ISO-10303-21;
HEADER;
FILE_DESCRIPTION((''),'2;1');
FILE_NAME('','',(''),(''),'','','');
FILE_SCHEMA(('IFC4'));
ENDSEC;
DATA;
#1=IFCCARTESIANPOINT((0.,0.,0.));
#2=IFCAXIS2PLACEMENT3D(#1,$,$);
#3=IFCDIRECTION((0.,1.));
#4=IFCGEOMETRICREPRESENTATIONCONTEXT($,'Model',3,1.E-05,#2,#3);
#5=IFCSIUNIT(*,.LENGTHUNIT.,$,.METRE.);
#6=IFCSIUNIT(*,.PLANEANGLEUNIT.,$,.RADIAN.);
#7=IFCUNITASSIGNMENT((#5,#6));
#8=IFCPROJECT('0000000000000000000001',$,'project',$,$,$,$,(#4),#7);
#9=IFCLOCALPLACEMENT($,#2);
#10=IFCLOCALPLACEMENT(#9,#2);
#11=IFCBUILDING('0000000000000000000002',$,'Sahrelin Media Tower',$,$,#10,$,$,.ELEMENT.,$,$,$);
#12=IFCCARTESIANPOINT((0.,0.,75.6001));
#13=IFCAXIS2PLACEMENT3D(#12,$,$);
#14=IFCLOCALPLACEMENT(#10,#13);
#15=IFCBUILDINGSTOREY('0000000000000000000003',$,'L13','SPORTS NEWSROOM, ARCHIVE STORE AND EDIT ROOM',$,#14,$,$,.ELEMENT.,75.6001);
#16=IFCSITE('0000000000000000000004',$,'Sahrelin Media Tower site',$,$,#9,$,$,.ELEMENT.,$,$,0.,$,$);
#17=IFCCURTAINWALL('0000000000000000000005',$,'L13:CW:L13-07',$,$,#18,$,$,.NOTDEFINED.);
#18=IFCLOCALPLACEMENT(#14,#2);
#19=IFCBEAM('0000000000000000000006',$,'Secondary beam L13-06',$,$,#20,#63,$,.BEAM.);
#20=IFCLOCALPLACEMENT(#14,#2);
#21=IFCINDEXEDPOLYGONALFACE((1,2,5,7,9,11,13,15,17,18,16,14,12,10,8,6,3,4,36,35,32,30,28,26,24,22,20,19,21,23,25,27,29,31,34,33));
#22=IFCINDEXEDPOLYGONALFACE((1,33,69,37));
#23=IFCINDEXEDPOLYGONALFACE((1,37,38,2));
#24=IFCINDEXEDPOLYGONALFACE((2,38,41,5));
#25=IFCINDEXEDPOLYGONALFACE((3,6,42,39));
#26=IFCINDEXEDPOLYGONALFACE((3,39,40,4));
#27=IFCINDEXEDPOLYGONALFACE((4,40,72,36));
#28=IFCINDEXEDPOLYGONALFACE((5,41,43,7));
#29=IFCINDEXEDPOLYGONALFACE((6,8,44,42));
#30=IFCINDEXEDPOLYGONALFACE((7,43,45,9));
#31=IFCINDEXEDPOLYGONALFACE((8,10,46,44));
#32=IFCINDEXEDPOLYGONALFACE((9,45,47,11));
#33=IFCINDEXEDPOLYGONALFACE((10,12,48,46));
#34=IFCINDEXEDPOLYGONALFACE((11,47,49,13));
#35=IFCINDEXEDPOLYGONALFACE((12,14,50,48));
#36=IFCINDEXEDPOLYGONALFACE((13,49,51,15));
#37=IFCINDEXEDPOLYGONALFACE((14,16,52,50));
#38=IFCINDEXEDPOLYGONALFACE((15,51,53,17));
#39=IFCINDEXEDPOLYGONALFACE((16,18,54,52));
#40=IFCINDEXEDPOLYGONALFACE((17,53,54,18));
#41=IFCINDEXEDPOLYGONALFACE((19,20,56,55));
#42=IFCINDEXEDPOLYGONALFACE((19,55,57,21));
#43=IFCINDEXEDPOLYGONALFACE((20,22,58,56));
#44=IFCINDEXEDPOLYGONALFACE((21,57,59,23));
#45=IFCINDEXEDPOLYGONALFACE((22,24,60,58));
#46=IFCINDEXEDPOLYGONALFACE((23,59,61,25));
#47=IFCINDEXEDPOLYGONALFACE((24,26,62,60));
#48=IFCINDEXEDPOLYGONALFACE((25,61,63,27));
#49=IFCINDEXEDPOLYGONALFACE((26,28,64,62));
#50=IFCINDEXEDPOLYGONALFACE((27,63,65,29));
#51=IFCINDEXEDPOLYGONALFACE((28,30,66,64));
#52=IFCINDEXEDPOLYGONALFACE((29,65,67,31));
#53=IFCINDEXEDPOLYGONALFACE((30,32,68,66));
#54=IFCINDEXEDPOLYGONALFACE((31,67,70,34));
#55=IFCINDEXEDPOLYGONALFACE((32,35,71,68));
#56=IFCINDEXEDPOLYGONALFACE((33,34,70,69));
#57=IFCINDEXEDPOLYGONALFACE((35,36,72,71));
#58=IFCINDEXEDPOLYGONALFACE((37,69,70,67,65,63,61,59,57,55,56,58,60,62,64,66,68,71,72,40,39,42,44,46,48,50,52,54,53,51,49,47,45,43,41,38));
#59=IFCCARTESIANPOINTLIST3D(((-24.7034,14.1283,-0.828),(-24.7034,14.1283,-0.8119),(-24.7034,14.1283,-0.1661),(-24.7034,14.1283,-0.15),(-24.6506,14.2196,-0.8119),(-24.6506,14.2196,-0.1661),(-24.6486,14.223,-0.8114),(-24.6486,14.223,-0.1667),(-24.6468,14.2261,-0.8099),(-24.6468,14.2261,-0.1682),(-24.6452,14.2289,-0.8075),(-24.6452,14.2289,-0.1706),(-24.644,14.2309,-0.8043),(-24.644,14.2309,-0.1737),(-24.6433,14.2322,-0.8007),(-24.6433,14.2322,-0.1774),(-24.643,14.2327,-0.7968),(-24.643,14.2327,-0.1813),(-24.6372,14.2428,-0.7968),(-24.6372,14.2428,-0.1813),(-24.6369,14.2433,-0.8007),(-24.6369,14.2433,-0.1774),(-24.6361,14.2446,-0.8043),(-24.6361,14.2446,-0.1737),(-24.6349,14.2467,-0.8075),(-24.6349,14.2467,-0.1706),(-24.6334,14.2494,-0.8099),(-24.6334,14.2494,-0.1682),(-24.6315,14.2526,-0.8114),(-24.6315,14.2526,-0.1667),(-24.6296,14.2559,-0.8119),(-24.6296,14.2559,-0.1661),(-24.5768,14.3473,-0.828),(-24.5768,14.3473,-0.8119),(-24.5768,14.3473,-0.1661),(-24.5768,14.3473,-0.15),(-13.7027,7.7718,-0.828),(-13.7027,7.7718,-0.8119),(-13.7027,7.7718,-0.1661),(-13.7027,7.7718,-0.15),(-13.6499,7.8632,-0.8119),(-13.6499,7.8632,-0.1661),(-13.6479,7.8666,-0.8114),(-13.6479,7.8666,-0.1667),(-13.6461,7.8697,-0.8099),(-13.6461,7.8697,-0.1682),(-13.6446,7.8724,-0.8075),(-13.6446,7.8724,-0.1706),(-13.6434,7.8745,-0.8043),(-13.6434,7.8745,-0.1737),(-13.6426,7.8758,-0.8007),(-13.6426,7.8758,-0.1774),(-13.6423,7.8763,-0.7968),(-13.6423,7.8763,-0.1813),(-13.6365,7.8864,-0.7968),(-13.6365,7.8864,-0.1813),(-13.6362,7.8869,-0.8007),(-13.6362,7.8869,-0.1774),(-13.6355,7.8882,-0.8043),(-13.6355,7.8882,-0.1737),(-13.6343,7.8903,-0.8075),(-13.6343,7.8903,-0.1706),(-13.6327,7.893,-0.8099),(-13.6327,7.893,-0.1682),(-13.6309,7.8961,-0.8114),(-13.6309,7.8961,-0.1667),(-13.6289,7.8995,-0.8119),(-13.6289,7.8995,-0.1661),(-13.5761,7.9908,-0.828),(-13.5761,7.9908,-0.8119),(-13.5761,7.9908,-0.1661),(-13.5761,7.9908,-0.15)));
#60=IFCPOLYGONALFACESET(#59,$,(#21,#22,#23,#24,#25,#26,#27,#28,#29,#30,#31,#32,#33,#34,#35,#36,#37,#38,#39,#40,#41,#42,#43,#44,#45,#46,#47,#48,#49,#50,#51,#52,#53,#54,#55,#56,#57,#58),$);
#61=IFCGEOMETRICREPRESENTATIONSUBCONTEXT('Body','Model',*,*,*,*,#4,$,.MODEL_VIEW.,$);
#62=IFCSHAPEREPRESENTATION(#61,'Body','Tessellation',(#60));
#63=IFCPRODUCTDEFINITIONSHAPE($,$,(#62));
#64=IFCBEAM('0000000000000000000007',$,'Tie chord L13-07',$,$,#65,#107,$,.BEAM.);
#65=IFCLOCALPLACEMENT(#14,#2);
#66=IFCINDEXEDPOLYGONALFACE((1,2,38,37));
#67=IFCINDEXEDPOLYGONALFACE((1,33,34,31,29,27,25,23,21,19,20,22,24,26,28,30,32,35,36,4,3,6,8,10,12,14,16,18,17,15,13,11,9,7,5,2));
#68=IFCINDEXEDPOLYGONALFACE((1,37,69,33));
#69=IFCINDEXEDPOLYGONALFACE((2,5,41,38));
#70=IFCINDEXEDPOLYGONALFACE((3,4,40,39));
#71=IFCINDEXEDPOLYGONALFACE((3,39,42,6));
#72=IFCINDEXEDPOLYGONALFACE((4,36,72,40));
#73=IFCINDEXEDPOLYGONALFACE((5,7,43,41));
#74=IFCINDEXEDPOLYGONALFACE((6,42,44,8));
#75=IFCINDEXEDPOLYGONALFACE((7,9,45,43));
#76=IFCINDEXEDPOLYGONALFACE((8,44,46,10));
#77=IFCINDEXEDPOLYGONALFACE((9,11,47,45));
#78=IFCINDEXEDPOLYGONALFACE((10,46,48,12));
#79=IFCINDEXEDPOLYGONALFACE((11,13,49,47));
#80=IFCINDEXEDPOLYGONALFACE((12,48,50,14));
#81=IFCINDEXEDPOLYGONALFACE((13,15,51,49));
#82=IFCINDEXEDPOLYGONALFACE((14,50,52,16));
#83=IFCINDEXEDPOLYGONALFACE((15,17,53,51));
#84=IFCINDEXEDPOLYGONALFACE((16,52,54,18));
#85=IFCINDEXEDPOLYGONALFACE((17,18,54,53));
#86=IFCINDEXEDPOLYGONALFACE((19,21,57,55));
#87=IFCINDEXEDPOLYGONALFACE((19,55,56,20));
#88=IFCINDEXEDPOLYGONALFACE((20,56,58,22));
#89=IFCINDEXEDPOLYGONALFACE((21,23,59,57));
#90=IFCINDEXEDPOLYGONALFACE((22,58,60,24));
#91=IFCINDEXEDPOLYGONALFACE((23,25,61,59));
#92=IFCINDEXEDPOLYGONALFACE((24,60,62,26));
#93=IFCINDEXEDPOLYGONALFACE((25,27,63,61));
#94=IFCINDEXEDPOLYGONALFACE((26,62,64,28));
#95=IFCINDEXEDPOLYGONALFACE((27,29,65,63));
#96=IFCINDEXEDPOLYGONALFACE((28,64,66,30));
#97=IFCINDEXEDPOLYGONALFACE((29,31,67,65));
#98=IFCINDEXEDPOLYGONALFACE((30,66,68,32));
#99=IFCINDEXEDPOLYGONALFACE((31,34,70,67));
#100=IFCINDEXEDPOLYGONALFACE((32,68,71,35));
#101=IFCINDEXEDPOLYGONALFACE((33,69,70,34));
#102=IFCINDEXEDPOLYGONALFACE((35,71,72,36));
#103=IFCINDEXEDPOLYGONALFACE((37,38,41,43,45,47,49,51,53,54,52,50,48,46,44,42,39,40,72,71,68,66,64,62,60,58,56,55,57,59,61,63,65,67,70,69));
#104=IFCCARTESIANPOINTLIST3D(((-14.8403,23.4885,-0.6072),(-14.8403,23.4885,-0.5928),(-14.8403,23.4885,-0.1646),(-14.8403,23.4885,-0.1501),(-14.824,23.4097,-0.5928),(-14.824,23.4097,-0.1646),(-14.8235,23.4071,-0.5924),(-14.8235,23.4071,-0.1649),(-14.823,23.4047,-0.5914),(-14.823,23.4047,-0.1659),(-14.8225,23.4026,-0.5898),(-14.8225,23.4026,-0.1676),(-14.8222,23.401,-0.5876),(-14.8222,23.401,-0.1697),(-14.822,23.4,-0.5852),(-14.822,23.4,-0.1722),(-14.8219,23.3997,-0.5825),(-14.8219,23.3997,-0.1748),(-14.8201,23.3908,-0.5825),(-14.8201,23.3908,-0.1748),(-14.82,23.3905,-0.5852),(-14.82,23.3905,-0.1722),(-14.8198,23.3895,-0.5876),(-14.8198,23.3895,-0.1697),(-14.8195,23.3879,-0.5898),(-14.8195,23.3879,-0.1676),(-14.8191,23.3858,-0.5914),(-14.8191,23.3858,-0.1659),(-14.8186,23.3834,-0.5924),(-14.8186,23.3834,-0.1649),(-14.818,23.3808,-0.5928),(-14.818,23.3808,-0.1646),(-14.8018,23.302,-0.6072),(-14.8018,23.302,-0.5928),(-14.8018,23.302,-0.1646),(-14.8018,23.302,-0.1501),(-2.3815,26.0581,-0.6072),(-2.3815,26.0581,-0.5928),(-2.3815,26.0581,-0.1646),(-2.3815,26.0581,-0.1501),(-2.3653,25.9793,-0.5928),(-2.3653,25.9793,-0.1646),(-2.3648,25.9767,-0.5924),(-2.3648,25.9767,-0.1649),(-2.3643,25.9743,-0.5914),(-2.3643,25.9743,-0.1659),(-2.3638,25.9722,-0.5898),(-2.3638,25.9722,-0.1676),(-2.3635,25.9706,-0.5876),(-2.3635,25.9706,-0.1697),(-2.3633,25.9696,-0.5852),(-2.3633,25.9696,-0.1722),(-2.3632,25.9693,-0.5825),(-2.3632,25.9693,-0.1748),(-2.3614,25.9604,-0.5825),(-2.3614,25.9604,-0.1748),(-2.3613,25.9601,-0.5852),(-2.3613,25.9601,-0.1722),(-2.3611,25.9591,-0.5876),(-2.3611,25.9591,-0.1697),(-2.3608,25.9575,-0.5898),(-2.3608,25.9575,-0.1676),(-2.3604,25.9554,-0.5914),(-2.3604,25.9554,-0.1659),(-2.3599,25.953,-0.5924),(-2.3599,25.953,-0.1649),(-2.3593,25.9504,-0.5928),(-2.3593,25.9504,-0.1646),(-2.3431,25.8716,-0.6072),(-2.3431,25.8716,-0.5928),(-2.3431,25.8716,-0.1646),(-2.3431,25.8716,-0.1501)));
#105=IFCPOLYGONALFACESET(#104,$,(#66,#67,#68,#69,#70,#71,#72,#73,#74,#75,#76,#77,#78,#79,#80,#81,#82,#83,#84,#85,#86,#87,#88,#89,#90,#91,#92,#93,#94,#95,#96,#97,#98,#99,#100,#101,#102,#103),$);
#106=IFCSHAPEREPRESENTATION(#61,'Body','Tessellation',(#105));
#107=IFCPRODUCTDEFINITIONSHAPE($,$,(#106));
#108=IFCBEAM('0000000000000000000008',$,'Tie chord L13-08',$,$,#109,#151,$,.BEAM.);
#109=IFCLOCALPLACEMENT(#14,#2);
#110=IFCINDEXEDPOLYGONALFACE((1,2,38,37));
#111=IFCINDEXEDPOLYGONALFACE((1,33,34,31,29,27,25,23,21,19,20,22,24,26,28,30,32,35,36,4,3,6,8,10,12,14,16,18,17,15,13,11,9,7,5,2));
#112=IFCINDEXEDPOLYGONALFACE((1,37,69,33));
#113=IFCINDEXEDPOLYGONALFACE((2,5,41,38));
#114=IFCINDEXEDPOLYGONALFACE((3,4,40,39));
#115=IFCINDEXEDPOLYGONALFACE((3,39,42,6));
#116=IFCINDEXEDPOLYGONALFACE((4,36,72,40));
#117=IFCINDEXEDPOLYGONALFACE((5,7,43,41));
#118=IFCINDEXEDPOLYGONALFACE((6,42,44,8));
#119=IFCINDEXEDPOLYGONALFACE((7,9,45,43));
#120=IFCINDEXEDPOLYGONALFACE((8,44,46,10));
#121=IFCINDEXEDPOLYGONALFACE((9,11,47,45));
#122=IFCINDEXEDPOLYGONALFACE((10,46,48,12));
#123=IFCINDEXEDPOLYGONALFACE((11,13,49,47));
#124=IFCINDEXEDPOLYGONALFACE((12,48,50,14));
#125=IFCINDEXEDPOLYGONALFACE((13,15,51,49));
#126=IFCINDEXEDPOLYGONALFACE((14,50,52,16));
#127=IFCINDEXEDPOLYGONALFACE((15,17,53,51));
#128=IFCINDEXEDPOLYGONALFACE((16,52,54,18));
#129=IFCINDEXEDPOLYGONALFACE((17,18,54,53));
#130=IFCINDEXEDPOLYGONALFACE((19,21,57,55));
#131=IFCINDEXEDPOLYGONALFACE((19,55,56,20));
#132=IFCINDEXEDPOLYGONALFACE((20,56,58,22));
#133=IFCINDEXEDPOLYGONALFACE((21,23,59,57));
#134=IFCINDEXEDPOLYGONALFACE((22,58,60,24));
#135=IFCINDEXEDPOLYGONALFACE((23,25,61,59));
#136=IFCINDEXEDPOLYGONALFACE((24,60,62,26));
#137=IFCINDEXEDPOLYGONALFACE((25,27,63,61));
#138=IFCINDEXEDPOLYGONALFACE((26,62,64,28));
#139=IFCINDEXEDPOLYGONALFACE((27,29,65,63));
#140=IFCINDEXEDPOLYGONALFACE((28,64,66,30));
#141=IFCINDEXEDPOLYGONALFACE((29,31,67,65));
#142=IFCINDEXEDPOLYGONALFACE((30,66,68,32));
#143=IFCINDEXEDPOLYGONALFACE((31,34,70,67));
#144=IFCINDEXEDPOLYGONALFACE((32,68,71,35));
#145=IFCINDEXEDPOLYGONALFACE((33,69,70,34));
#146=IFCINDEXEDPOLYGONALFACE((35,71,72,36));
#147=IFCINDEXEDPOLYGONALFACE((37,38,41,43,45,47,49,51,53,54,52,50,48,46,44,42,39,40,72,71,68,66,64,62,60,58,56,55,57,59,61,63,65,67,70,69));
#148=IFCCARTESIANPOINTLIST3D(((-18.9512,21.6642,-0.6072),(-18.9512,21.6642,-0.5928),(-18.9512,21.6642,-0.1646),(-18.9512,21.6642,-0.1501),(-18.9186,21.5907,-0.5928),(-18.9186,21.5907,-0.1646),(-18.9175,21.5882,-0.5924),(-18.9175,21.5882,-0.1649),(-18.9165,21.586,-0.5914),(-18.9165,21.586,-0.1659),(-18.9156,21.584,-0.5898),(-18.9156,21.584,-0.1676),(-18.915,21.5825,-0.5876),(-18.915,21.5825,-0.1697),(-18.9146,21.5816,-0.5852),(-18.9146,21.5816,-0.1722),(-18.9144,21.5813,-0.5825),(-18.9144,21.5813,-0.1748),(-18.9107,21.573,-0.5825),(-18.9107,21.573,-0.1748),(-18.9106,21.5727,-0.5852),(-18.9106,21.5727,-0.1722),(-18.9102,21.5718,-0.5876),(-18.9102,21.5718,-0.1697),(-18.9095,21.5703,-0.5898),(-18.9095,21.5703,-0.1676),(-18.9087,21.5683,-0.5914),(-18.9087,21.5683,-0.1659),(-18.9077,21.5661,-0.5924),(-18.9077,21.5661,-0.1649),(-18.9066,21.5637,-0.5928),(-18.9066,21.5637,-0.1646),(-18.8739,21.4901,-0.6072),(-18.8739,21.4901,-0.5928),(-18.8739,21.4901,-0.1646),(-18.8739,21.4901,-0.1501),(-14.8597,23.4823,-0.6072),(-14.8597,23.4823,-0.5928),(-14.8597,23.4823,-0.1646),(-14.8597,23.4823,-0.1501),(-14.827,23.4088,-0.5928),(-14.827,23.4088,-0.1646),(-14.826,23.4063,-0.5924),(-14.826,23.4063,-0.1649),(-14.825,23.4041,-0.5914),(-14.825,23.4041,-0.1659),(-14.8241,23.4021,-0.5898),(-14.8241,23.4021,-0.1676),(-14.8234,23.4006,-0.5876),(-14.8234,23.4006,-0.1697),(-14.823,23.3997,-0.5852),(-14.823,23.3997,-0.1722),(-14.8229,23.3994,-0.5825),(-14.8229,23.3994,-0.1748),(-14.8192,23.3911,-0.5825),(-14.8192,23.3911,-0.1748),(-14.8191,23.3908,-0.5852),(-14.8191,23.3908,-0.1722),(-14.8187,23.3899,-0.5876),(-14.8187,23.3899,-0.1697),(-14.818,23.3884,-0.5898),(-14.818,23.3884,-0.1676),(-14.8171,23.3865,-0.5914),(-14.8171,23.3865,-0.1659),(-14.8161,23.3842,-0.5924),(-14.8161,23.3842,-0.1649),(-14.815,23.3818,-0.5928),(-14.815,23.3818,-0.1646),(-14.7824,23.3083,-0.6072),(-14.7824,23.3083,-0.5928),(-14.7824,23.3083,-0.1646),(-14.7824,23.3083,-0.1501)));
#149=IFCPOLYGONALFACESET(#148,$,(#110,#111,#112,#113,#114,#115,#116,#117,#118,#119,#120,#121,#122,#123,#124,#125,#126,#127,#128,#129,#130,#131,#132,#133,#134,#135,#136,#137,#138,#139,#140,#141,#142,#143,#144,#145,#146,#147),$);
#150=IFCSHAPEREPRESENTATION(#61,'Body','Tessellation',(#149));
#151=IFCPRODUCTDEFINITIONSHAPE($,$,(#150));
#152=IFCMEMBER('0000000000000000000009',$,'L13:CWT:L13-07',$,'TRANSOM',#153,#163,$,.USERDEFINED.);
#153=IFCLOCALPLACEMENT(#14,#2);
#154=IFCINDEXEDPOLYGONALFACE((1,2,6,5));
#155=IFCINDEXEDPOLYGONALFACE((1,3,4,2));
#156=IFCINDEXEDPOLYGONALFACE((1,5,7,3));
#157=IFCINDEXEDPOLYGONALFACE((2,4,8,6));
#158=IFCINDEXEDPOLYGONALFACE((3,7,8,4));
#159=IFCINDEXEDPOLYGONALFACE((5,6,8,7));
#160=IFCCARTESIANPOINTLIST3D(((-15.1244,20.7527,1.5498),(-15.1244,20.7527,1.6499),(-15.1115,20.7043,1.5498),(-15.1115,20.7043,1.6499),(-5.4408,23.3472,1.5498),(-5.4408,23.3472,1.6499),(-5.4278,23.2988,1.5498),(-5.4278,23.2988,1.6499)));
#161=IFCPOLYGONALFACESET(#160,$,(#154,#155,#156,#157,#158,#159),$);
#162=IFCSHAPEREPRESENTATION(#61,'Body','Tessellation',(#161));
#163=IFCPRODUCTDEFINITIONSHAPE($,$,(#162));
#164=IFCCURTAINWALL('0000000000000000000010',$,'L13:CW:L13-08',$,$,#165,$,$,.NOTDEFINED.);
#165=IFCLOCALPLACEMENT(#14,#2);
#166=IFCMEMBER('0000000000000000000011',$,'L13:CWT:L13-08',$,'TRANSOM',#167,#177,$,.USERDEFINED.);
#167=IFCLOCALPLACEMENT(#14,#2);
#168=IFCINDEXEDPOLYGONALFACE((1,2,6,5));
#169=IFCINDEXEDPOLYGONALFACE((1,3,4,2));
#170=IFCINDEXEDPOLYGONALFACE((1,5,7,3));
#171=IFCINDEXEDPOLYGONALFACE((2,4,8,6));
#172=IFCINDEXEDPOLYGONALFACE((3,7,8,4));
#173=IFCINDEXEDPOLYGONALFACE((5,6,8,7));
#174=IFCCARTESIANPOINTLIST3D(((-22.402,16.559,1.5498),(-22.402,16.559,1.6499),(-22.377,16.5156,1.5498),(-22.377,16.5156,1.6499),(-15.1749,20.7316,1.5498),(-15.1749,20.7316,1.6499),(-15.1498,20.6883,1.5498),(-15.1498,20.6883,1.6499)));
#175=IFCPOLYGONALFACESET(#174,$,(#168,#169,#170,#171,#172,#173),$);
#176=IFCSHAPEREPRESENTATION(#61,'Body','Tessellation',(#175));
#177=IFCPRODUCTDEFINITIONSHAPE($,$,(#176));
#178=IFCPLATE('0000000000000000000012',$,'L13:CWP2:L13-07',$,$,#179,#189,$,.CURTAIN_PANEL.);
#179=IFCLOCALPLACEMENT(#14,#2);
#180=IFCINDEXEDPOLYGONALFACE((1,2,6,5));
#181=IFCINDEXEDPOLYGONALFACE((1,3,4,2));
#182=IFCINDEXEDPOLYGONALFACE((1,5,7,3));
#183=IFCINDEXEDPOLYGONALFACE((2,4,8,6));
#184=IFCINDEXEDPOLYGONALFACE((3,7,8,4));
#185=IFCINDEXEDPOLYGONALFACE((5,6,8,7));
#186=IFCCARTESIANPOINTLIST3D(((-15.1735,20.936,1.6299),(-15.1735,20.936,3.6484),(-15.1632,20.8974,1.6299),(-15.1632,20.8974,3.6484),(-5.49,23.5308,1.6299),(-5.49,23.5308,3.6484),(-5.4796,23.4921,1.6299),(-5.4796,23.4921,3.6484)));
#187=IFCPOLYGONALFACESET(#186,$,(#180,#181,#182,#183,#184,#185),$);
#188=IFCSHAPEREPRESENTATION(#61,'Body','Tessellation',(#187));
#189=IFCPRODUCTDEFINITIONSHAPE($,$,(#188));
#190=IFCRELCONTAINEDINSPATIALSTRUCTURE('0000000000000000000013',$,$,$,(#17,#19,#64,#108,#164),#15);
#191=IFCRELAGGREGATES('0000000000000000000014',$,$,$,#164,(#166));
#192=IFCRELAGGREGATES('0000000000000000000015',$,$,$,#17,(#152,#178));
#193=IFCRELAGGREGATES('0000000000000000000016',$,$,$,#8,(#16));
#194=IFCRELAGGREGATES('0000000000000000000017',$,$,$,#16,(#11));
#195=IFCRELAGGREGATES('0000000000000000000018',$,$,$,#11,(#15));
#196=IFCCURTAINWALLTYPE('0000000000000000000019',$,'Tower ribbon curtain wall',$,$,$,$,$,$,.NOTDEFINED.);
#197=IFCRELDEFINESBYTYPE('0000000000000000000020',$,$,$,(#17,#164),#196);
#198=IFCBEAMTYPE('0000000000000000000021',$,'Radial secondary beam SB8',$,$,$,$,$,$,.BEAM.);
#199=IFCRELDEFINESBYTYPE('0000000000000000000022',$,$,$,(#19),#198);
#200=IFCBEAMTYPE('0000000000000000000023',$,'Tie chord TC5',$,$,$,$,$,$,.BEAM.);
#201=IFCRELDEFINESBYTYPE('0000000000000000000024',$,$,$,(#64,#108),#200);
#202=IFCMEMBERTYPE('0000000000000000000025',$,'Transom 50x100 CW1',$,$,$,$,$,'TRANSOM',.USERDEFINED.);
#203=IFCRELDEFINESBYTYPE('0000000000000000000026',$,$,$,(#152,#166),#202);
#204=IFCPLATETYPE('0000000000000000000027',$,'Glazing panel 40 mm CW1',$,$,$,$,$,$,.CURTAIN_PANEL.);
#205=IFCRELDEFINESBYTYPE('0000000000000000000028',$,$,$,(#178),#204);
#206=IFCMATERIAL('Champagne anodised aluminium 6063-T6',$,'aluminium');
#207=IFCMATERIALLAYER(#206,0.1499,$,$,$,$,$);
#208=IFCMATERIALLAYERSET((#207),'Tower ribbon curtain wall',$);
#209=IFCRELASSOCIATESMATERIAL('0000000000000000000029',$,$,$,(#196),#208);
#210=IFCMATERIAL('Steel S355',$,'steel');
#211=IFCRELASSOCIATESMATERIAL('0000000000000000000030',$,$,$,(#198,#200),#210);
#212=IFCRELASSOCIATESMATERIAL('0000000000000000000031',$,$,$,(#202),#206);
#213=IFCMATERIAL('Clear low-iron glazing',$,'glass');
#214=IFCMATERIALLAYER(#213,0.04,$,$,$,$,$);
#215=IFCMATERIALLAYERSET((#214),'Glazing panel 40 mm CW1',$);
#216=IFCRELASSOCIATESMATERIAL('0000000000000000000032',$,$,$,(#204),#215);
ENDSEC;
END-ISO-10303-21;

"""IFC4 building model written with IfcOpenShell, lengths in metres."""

from ifc_helpers import new_model, si_unit, direction, frame, origin, origin_2d, place, context, subcontext, project, spatial, polyline, rectangle, i_section, outline, extrude, material, layer, layer_set, material_profile, profile_set, type_object, element, aggregate, save


model = new_model("IFC4")

# Units and contexts
model_context = context("Model", 3, precision=1e-05, world=origin(), true_north=direction((0.0, 1.0)))
body_context = subcontext(model_context, "Body", "Model", "MODEL_VIEW")
ifc_project = project(units=[si_unit("LENGTHUNIT", "METRE"), si_unit("PLANEANGLEUNIT", "RADIAN")], contexts=[model_context])

# Site, building, storey
site_placement = place(None, origin())
site = spatial("IfcSite", under=ifc_project, at=site_placement, Name="Sahrelin Media Tower site", CompositionType="ELEMENT", RefElevation=0.0)
building_placement = place(site_placement, origin())
building = spatial("IfcBuilding", under=site, at=building_placement, Name="Sahrelin Media Tower", CompositionType="ELEMENT")
storey_placement = place(building_placement, frame((0.0, 0.0, 75.6001)))
storey = spatial("IfcBuildingStorey", under=building, at=storey_placement, Name="L13", Description="SPORTS NEWSROOM, ARCHIVE STORE AND EDIT ROOM", CompositionType="ELEMENT", Elevation=75.6001)

# Shared definitions
ifc_material_1 = material(Name="Steel S355", Category="steel")

# Curtain wall
ifc_material_2 = material(Name="Champagne anodised aluminium 6063-T6", Category="aluminium")
ifc_layer_1 = layer(ifc_material_2, 0.1499)
ifc_layer_set_1 = layer_set([ifc_layer_1], Name="Tower ribbon curtain wall")
curtain_wall_type = type_object("IfcCurtainWallType", Name="Tower ribbon curtain wall", PredefinedType="NOTDEFINED", material=ifc_layer_set_1)
curtain_wall_1_placement = place(storey_placement, frame((-10.3267, 22.2141, 0.0), z_axis=(0.0, 0.0, 1.0), x_axis=(1.0, 0.0, 0.0)))
curtain_wall_1 = element("IfcCurtainWall", 1, at=curtain_wall_1_placement, inside=storey, type_object=curtain_wall_type, Name="L13:CW:L13-07", PredefinedType="NOTDEFINED")

# Beams
ifc_material_profile_1 = material_profile(ifc_material_1, i_section(OverallWidth=0.2529, OverallDepth=0.678, WebThickness=0.0117, FlangeThickness=0.0161, FilletRadius=0.0151, at=origin_2d()), Name="UB 686x254x125")
ifc_profile_set_1 = profile_set([ifc_material_profile_1], Name="Steel S355")
beam_type_1 = type_object("IfcBeamType", Name="Radial secondary beam SB8", PredefinedType="BEAM", material=ifc_profile_set_1)
beam_1_placement = place(storey_placement, frame((-13.6394, 7.8813, -0.489), z_axis=(-0.865849, 0.500305, 0.0), x_axis=(-0.500305, -0.865849, 0.0)))
element("IfcBeam", 2, at=beam_1_placement, inside=storey, type_object=beam_type_1, Name="Secondary beam L13-06", PredefinedType="BEAM", context=body_context, shape_type="SweptSolid", body=[
    extrude(i_section(OverallWidth=0.2529, OverallDepth=0.678, WebThickness=0.0117, FlangeThickness=0.0161, FilletRadius=0.0151, at=origin_2d()), origin(), (0.0, 0.0, 1.0), 12.7051),
])
ifc_material_profile_2 = material_profile(ifc_material_1, i_section(OverallWidth=0.1904, OverallDepth=0.457, WebThickness=0.009, FlangeThickness=0.0144, FilletRadius=0.0103, at=origin_2d()), Name="UB 457x191x74")
ifc_profile_set_2 = profile_set([ifc_material_profile_2], Name="Steel S355")
beam_type_2 = type_object("IfcBeamType", Name="Tie chord TC5", PredefinedType="BEAM", material=ifc_profile_set_2)
beam_2_placement = place(storey_placement, frame((-2.3623, 25.9648, -0.3787), z_axis=(-0.979386, -0.201996, 0.0), x_axis=(0.201996, -0.979386, 0.0)))
element("IfcBeam", 3, at=beam_2_placement, inside=storey, type_object=beam_type_2, Name="Tie chord L13-07", PredefinedType="BEAM", context=body_context, shape_type="SweptSolid", body=[
    extrude(i_section(OverallWidth=0.1904, OverallDepth=0.457, WebThickness=0.009, FlangeThickness=0.0144, FilletRadius=0.0103, at=origin_2d()), origin(), (0.0, 0.0, 1.0), 12.7209),
])
beam_3_placement = place(storey_placement, frame((-14.821, 23.3953, -0.3787), z_axis=(-0.913841, -0.406073, 0.0), x_axis=(0.406073, -0.913841, 0.0)))
element("IfcBeam", 4, at=beam_3_placement, inside=storey, type_object=beam_type_2, Name="Tie chord L13-08", PredefinedType="BEAM", context=body_context, shape_type="SweptSolid", body=[
    extrude(i_section(OverallWidth=0.1904, OverallDepth=0.457, WebThickness=0.009, FlangeThickness=0.0144, FilletRadius=0.0103, at=origin_2d()), origin(), (0.0, 0.0, 1.0), 4.4773),
])

# Member
ifc_material_profile_3 = material_profile(ifc_material_2, rectangle(XDim=0.05, YDim=0.1001, at=origin_2d()), Name="Transom 50x100")
ifc_profile_set_3 = profile_set([ifc_material_profile_3], Name="Champagne anodised aluminium 6063-T6")
member_type_1 = type_object("IfcMemberType", Name="Transom 50x100 CW1", ElementType="TRANSOM", PredefinedType="USERDEFINED", material=ifc_profile_set_3)
member_1_placement = place(storey_placement, frame((-5.4343, 23.323, 1.5999), z_axis=(-0.965932, -0.258798, 0.0), x_axis=(0.258798, -0.965932, 0.0)))
member_1 = element("IfcMember", 5, at=member_1_placement, type_object=member_type_1, Name="L13:CWT:L13-07", ObjectType="TRANSOM", PredefinedType="USERDEFINED", context=body_context, shape_type="SweptSolid", body=[
    extrude(rectangle(XDim=0.05, YDim=0.1001, at=origin_2d()), origin(), (0.0, 0.0, 1.0), 10.0251),
])

# Curtain wall, member
curtain_wall_2_placement = place(storey_placement, frame((-18.8733, 18.7925, 0.0), z_axis=(0.0, 0.0, 1.0), x_axis=(1.0, 0.0, 0.0)))
curtain_wall_2 = element("IfcCurtainWall", 6, at=curtain_wall_2_placement, inside=storey, type_object=curtain_wall_type, Name="L13:CW:L13-08", PredefinedType="NOTDEFINED")
member_2_placement = place(storey_placement, frame((-15.1624, 20.71, 1.5999), z_axis=(-0.866022, -0.500006, 0.0), x_axis=(0.500006, -0.866022, 0.0)))
member_2 = element("IfcMember", 7, at=member_2_placement, type_object=member_type_1, Name="L13:CWT:L13-08", ObjectType="TRANSOM", PredefinedType="USERDEFINED", context=body_context, shape_type="SweptSolid", body=[
    extrude(rectangle(XDim=0.05, YDim=0.1001, at=origin_2d()), origin(), (0.0, 0.0, 1.0), 8.3452),
])

# Plate
ifc_material_3 = material(Name="Clear low-iron glazing", Category="glass")
ifc_layer_2 = layer(ifc_material_3, 0.04)
ifc_layer_set_2 = layer_set([ifc_layer_2], Name="Glazing panel 40 mm CW1")
plate_type_1 = type_object("IfcPlateType", Name="Glazing panel 40 mm CW1", PredefinedType="CURTAIN_PANEL", material=ifc_layer_set_2)
plate_1_placement = place(storey_placement, frame((-5.49, 23.5308, 1.6299), z_axis=(-0.25882, 0.965925, 0.0), x_axis=(-0.965925, -0.25882, 0.0)))
plate_1 = element("IfcPlate", 8, at=plate_1_placement, type_object=plate_type_1, Name="L13:CWP2:L13-07", PredefinedType="CURTAIN_PANEL", context=body_context, shape_type="SweptSolid", body=[
    extrude(outline(polyline([(0.0, 0.0), (10.0251, 0.0), (10.0251, 2.0186), (0.0, 2.0186), (0.0, 0.0)])), origin(), (0.0, 0.0, -1.0), 0.04),
])
aggregate(curtain_wall_2, [member_2])
aggregate(curtain_wall_1, [member_1, plate_1])

save(model, "model.ifc")
